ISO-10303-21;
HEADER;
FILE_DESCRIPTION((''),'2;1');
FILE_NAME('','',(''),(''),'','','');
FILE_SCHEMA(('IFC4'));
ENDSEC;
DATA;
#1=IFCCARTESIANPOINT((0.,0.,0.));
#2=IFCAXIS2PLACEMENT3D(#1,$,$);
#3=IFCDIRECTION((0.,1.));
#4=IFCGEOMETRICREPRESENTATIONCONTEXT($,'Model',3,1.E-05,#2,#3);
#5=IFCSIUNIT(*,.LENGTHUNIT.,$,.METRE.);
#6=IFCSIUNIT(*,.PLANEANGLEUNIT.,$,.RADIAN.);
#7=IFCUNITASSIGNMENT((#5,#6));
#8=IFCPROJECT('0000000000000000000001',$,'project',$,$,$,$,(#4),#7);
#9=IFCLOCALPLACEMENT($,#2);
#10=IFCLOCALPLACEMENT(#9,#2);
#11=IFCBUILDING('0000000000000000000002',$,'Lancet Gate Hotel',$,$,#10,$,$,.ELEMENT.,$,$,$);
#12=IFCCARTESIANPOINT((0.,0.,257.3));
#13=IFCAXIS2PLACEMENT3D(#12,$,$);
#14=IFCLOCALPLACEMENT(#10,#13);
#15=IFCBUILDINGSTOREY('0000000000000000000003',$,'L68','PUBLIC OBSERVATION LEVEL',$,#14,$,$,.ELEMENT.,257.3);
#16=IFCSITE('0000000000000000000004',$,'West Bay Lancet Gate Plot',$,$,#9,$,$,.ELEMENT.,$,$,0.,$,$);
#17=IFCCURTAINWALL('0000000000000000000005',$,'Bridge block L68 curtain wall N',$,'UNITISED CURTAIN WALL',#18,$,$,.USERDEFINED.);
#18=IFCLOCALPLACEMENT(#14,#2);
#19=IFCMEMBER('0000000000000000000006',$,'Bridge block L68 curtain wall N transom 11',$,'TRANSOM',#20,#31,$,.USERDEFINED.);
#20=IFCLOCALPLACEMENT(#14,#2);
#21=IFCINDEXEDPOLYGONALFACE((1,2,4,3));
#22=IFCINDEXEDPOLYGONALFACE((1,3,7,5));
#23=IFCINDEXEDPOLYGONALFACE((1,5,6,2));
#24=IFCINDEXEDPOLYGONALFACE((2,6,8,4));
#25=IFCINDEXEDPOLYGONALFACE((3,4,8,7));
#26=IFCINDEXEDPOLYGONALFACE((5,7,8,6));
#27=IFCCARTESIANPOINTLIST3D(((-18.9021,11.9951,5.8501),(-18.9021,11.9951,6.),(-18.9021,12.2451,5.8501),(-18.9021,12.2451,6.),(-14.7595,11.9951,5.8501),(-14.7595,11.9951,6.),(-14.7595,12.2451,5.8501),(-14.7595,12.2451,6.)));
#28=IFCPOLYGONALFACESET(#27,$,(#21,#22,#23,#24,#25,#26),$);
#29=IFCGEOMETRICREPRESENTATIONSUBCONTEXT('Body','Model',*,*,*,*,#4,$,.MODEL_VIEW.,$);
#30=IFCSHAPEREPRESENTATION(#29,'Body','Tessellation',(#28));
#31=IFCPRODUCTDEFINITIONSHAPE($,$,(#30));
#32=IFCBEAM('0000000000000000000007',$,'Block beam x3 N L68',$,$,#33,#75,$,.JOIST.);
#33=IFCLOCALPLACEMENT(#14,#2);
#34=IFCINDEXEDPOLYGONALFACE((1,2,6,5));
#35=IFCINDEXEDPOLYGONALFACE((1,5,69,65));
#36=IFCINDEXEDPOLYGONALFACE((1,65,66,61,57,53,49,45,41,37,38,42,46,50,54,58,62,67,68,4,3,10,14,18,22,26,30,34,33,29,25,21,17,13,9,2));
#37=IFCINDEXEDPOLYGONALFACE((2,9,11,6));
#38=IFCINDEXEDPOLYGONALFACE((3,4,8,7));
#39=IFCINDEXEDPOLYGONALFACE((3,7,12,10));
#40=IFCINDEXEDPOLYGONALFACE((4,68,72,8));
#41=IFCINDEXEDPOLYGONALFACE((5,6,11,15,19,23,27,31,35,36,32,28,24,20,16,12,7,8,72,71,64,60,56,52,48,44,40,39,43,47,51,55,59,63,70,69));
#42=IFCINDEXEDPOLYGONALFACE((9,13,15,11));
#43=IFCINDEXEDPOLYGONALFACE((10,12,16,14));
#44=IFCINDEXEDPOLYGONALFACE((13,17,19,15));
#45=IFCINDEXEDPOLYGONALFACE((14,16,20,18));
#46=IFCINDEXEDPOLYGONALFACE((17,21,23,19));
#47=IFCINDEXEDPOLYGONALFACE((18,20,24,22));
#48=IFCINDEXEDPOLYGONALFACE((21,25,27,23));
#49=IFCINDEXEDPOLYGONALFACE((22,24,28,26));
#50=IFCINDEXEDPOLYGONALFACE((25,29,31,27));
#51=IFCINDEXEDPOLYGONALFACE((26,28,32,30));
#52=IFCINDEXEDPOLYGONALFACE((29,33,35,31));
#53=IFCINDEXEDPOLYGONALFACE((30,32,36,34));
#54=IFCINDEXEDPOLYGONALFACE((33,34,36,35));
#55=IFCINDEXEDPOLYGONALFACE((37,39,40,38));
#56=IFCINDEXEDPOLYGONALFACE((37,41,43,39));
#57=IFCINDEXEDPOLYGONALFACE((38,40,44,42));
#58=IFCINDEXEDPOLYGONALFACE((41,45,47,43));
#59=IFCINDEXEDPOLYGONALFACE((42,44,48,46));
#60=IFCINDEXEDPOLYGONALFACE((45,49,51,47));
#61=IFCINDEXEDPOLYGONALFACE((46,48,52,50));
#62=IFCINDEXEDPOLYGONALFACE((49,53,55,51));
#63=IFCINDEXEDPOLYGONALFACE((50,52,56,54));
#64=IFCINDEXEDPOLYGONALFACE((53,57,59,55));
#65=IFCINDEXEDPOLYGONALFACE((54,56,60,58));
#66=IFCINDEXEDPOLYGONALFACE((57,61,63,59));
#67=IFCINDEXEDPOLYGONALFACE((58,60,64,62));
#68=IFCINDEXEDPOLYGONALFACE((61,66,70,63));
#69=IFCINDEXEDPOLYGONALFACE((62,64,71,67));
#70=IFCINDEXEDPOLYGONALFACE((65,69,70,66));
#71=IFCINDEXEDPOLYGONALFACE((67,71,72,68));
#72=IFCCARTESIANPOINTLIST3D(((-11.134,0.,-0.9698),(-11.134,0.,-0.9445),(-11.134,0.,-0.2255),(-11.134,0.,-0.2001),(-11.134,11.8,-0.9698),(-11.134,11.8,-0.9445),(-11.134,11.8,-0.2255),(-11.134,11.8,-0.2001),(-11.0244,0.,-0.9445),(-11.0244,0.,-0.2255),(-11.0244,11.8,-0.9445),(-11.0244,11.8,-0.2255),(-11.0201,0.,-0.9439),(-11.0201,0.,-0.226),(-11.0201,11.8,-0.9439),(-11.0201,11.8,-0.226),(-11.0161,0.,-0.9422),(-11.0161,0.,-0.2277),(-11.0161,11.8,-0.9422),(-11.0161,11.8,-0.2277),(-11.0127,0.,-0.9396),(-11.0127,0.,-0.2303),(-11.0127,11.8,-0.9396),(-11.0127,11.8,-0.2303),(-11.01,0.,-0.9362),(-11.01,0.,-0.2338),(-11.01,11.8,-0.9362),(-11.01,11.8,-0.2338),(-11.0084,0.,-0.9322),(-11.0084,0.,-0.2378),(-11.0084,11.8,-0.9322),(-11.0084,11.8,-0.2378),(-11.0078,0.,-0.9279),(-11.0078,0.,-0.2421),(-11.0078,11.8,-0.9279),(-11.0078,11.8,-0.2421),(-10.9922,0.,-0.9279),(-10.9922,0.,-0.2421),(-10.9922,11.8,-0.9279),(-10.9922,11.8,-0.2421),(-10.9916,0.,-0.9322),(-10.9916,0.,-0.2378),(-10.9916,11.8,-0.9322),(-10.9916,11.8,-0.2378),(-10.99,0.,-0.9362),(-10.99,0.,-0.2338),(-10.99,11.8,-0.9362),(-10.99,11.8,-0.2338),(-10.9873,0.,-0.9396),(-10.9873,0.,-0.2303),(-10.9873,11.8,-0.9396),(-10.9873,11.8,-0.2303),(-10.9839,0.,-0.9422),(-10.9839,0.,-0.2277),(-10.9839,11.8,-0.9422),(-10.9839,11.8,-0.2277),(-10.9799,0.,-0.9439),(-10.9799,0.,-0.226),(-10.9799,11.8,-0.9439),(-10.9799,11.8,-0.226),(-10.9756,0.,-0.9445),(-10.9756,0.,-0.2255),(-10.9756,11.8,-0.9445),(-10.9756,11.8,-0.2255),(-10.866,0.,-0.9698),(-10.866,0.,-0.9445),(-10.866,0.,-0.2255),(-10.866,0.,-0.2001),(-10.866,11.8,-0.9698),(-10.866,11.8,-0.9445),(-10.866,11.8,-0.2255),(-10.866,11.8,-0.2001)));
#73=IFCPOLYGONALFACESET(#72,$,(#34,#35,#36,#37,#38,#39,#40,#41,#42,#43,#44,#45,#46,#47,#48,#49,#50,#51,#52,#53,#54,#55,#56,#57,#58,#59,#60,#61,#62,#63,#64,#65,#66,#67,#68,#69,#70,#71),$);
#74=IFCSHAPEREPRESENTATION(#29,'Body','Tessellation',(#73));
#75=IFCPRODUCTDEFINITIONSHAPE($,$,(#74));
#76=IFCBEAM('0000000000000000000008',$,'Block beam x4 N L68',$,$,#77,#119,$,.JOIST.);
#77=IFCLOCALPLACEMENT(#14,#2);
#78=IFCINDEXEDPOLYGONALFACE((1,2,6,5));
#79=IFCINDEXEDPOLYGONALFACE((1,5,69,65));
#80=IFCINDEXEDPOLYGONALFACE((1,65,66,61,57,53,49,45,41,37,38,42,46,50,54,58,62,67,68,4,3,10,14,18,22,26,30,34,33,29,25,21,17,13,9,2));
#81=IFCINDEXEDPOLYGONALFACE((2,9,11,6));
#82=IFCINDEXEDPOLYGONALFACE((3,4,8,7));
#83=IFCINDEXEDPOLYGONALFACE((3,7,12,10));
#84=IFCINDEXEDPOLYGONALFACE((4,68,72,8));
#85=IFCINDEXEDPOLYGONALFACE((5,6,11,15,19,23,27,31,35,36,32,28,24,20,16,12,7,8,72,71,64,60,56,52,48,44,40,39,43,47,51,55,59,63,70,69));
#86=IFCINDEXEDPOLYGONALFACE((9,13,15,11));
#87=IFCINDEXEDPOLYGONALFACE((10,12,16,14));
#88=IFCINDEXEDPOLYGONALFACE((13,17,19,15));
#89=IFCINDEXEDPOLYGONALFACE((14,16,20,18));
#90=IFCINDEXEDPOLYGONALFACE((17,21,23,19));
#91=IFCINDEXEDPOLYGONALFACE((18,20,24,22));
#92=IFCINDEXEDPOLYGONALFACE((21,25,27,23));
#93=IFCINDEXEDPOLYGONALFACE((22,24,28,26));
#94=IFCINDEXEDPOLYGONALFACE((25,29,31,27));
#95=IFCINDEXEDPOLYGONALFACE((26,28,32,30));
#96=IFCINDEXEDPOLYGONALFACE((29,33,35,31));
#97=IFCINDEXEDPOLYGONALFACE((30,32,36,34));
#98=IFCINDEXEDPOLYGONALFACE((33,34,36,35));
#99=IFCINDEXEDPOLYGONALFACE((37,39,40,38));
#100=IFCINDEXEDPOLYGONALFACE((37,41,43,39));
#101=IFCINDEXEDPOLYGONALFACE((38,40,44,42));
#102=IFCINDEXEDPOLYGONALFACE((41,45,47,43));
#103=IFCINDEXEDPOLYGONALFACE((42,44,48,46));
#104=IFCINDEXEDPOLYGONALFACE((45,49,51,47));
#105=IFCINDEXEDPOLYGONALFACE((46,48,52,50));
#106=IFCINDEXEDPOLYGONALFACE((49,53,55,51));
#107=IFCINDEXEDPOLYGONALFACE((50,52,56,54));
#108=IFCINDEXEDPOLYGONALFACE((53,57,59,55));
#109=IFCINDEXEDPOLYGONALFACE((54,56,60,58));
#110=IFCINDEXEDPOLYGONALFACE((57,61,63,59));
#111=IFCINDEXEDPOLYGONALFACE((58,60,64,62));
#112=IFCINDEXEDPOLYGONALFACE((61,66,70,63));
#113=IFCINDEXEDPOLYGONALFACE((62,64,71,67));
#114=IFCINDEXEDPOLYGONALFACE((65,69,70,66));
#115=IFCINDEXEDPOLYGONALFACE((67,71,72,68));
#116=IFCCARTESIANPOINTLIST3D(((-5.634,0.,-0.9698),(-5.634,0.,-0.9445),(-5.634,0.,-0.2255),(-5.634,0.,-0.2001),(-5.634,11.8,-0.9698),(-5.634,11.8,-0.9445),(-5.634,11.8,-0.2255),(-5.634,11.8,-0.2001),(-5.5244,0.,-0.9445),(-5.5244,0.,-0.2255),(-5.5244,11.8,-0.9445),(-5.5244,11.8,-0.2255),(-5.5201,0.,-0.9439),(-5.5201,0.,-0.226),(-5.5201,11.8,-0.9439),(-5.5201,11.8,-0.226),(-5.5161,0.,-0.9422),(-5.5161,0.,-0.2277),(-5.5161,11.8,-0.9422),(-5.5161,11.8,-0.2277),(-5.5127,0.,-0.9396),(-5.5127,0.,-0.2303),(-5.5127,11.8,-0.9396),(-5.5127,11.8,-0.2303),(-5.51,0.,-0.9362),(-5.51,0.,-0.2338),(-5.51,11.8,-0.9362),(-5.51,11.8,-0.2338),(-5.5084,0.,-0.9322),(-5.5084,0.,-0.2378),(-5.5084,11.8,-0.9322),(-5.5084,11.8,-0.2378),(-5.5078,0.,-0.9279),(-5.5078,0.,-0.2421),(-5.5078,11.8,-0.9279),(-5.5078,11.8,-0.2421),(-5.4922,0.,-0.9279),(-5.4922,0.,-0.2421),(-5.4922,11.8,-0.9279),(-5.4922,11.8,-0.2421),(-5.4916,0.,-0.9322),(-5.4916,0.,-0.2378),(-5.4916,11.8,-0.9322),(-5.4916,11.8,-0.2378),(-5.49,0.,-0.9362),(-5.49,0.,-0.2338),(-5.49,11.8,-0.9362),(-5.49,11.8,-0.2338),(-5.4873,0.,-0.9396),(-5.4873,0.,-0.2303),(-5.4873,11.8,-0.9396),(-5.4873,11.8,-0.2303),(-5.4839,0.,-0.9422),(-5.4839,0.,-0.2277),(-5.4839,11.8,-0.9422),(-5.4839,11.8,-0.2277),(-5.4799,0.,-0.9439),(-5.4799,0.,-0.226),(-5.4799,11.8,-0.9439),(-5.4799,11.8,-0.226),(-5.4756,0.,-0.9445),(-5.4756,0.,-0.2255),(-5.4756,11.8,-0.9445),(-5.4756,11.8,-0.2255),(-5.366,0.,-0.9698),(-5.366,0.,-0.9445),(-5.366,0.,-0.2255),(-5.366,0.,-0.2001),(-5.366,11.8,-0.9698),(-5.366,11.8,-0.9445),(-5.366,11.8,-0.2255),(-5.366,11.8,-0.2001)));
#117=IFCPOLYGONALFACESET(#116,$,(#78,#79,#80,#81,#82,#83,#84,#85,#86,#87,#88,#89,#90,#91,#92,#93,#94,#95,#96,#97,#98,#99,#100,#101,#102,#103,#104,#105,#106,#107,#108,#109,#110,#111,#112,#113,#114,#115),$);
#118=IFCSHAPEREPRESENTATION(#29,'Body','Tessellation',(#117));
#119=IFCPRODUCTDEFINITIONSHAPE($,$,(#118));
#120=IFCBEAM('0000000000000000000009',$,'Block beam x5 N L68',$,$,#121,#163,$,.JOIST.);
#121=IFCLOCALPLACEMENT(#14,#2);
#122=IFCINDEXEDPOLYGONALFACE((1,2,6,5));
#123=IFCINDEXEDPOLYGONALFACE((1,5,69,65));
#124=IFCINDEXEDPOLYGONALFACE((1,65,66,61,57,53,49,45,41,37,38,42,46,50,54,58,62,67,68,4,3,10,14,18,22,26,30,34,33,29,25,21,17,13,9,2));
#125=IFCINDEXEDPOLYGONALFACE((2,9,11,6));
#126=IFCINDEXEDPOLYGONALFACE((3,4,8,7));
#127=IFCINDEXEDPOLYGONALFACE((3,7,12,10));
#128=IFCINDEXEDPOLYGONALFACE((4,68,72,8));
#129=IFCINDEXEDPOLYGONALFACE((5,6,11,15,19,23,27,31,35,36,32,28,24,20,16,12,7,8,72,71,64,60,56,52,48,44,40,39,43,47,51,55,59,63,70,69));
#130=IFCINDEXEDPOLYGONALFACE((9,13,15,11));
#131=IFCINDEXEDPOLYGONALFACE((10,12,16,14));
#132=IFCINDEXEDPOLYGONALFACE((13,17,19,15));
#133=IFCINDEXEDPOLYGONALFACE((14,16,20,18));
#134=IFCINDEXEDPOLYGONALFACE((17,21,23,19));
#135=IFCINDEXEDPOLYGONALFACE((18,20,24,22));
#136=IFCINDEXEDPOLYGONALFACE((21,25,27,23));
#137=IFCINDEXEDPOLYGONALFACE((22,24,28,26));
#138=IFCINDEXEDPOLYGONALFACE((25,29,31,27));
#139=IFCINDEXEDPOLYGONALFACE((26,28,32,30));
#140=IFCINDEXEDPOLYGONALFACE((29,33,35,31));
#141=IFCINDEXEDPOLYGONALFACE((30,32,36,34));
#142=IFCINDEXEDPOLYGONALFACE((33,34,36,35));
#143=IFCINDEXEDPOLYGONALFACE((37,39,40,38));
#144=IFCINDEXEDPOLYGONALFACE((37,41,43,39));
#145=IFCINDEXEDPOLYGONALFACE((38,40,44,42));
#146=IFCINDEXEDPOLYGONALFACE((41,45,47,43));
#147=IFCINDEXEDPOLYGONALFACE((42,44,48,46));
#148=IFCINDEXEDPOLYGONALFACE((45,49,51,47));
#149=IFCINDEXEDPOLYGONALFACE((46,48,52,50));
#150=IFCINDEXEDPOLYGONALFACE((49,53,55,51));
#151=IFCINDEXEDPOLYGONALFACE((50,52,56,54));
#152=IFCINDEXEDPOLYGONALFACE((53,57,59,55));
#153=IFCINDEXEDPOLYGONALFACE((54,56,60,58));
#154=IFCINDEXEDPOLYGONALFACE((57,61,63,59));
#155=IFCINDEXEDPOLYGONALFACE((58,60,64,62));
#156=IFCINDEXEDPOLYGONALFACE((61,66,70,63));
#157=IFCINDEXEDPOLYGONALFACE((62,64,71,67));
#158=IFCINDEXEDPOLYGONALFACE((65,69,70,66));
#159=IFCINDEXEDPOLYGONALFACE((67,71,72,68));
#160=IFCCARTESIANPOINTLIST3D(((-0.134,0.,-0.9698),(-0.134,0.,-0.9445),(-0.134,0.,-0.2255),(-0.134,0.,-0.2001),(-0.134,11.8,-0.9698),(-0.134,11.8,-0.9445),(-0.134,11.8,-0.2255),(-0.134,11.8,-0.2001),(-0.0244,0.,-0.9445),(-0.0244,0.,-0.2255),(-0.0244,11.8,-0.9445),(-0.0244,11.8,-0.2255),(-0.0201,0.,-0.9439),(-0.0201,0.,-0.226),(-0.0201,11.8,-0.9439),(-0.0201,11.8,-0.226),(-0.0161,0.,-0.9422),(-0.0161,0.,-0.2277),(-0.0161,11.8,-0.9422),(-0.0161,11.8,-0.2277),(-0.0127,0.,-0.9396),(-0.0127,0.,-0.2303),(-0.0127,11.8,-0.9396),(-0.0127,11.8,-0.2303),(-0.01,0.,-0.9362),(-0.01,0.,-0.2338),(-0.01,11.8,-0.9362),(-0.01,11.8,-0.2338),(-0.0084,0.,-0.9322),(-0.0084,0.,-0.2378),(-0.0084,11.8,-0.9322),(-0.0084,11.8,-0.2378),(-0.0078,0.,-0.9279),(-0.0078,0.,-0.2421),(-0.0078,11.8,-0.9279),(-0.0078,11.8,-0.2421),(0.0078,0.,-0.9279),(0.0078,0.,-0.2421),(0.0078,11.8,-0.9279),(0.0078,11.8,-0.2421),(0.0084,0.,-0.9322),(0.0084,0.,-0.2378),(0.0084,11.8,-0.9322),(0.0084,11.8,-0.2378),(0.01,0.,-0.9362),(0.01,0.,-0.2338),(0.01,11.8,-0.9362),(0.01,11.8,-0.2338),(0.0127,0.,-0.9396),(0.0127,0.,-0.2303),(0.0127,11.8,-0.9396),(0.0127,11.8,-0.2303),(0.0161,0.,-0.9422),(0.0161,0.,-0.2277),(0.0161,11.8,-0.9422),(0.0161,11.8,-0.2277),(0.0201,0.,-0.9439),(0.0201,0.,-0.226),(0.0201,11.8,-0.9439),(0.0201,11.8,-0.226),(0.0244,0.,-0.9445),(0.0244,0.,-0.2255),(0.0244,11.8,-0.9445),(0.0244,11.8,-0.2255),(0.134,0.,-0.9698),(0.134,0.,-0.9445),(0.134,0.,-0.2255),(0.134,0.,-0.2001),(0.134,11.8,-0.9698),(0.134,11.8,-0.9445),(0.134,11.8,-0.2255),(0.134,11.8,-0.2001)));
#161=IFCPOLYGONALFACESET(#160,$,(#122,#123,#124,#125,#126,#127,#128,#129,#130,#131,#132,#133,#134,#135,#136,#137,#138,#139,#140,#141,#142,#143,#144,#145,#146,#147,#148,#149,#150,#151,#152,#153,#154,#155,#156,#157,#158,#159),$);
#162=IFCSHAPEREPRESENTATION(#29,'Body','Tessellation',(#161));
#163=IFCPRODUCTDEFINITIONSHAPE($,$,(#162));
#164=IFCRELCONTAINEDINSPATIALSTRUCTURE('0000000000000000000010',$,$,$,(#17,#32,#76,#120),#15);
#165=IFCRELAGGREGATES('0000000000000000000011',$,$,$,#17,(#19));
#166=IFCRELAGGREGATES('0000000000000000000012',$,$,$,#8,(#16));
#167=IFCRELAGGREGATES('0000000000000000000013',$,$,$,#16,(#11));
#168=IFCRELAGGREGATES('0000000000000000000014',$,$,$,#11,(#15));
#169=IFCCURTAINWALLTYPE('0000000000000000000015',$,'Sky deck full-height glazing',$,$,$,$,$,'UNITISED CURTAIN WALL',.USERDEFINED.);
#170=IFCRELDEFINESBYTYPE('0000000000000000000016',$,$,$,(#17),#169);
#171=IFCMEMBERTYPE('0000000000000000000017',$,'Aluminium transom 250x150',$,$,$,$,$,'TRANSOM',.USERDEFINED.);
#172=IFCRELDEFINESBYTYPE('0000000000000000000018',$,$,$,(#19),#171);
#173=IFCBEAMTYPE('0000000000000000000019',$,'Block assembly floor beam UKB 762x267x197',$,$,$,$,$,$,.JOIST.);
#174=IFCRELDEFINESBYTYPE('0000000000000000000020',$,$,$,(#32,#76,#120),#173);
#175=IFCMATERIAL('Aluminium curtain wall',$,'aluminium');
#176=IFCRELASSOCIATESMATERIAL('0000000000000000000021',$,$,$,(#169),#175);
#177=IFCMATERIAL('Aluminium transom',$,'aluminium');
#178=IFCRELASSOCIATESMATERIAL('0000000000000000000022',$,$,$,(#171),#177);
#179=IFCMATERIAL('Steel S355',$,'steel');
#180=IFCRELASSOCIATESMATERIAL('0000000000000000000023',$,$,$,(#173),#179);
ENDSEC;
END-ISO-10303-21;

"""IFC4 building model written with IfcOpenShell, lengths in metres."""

from ifc_helpers import new_model, si_unit, direction, frame, origin, origin_2d, place, context, subcontext, project, spatial, rectangle, i_section, extrude, material, material_profile, profile_set, type_object, element, aggregate, save


model = new_model("IFC4")

# Units and contexts
model_context = context("Model", 3, precision=1e-05, world=origin(), true_north=direction((0.0, 1.0)))
body_context = subcontext(model_context, "Body", "Model", "MODEL_VIEW")
ifc_project = project(units=[si_unit("LENGTHUNIT", "METRE"), si_unit("PLANEANGLEUNIT", "RADIAN")], contexts=[model_context])

# Site, building, storey
site_placement = place(None, origin())
site = spatial("IfcSite", under=ifc_project, at=site_placement, Name="West Bay Lancet Gate Plot", CompositionType="ELEMENT", RefElevation=0.0)
building_placement = place(site_placement, origin())
building = spatial("IfcBuilding", under=site, at=building_placement, Name="Lancet Gate Hotel", CompositionType="ELEMENT")
storey_placement = place(building_placement, frame((0.0, 0.0, 257.3)))
storey = spatial("IfcBuildingStorey", under=building, at=storey_placement, Name="L68", Description="PUBLIC OBSERVATION LEVEL", CompositionType="ELEMENT", Elevation=257.3)

# Curtain wall, member
ifc_material_1 = material(Name="Aluminium curtain wall", Category="aluminium")
curtain_wall_type = type_object("IfcCurtainWallType", Name="Sky deck full-height glazing", ElementType="UNITISED CURTAIN WALL", PredefinedType="USERDEFINED", material=ifc_material_1)
curtain_wall_placement = place(storey_placement, origin())
curtain_wall = element("IfcCurtainWall", 1, at=curtain_wall_placement, inside=storey, type_object=curtain_wall_type, Name="Bridge block L68 curtain wall N", ObjectType="UNITISED CURTAIN WALL", PredefinedType="USERDEFINED")
ifc_material_2 = material(Name="Aluminium transom", Category="aluminium")
ifc_material_profile_1 = material_profile(ifc_material_2, rectangle(XDim=0.25, YDim=0.1499, at=origin_2d()), Name="TRANSOM 250x150")
ifc_profile_set_1 = profile_set([ifc_material_profile_1], Name="Aluminium transom")
member_type_1 = type_object("IfcMemberType", Name="Aluminium transom 250x150", ElementType="TRANSOM", PredefinedType="USERDEFINED", material=ifc_profile_set_1)
member_1_placement = place(storey_placement, frame((-14.7595, 12.1201, 5.925), z_axis=(-1.0, 0.0, 0.0), x_axis=(0.0, -1.0, 0.0)))
member_1 = element("IfcMember", 2, at=member_1_placement, type_object=member_type_1, Name="Bridge block L68 curtain wall N transom 11", ObjectType="TRANSOM", PredefinedType="USERDEFINED", context=body_context, shape_type="SweptSolid", body=[
    extrude(rectangle(XDim=0.25, YDim=0.1499, at=origin_2d()), origin(), (0.0, 0.0, 1.0), 4.1426),
])

# Beams
ifc_material_3 = material(Name="Steel S355", Category="steel")
ifc_material_profile_2 = material_profile(ifc_material_3, i_section(OverallWidth=0.2681, OverallDepth=0.7698, WebThickness=0.0156, FlangeThickness=0.0254, FilletRadius=0.0166, at=origin_2d()), Name="UKB 762x267x197")
ifc_profile_set_2 = profile_set([ifc_material_profile_2], Name="Steel S355")
beam_type_1 = type_object("IfcBeamType", Name="Block assembly floor beam UKB 762x267x197", PredefinedType="JOIST", material=ifc_profile_set_2)
for number, where, z_axis, x_axis, name in (
    (3, (-11.0, 0.0, -0.585), (0.0, 1.0, 0.0), (-1.0, 0.0, 0.0), "Block beam x3 N L68"),
    (4, (-5.5, 0.0, -0.585), (0.0, 1.0, 0.0), (-1.0, 0.0, 0.0), "Block beam x4 N L68"),
    (5, (0.0, 0.0, -0.585), (0.0, 1.0, 0.0), (-1.0, 0.0, 0.0), "Block beam x5 N L68"),
):
    element("IfcBeam", number, at=place(storey_placement, frame(where, z_axis=z_axis, x_axis=x_axis)), inside=storey, type_object=beam_type_1, Name=name, PredefinedType="JOIST", context=body_context, shape_type="SweptSolid", body=[
        extrude(i_section(OverallWidth=0.2681, OverallDepth=0.7698, WebThickness=0.0156, FlangeThickness=0.0254, FilletRadius=0.0166, at=origin_2d()), origin(), (0.0, 0.0, 1.0), 11.8),
    ])

aggregate(curtain_wall, [member_1])

save(model, "model.ifc")
